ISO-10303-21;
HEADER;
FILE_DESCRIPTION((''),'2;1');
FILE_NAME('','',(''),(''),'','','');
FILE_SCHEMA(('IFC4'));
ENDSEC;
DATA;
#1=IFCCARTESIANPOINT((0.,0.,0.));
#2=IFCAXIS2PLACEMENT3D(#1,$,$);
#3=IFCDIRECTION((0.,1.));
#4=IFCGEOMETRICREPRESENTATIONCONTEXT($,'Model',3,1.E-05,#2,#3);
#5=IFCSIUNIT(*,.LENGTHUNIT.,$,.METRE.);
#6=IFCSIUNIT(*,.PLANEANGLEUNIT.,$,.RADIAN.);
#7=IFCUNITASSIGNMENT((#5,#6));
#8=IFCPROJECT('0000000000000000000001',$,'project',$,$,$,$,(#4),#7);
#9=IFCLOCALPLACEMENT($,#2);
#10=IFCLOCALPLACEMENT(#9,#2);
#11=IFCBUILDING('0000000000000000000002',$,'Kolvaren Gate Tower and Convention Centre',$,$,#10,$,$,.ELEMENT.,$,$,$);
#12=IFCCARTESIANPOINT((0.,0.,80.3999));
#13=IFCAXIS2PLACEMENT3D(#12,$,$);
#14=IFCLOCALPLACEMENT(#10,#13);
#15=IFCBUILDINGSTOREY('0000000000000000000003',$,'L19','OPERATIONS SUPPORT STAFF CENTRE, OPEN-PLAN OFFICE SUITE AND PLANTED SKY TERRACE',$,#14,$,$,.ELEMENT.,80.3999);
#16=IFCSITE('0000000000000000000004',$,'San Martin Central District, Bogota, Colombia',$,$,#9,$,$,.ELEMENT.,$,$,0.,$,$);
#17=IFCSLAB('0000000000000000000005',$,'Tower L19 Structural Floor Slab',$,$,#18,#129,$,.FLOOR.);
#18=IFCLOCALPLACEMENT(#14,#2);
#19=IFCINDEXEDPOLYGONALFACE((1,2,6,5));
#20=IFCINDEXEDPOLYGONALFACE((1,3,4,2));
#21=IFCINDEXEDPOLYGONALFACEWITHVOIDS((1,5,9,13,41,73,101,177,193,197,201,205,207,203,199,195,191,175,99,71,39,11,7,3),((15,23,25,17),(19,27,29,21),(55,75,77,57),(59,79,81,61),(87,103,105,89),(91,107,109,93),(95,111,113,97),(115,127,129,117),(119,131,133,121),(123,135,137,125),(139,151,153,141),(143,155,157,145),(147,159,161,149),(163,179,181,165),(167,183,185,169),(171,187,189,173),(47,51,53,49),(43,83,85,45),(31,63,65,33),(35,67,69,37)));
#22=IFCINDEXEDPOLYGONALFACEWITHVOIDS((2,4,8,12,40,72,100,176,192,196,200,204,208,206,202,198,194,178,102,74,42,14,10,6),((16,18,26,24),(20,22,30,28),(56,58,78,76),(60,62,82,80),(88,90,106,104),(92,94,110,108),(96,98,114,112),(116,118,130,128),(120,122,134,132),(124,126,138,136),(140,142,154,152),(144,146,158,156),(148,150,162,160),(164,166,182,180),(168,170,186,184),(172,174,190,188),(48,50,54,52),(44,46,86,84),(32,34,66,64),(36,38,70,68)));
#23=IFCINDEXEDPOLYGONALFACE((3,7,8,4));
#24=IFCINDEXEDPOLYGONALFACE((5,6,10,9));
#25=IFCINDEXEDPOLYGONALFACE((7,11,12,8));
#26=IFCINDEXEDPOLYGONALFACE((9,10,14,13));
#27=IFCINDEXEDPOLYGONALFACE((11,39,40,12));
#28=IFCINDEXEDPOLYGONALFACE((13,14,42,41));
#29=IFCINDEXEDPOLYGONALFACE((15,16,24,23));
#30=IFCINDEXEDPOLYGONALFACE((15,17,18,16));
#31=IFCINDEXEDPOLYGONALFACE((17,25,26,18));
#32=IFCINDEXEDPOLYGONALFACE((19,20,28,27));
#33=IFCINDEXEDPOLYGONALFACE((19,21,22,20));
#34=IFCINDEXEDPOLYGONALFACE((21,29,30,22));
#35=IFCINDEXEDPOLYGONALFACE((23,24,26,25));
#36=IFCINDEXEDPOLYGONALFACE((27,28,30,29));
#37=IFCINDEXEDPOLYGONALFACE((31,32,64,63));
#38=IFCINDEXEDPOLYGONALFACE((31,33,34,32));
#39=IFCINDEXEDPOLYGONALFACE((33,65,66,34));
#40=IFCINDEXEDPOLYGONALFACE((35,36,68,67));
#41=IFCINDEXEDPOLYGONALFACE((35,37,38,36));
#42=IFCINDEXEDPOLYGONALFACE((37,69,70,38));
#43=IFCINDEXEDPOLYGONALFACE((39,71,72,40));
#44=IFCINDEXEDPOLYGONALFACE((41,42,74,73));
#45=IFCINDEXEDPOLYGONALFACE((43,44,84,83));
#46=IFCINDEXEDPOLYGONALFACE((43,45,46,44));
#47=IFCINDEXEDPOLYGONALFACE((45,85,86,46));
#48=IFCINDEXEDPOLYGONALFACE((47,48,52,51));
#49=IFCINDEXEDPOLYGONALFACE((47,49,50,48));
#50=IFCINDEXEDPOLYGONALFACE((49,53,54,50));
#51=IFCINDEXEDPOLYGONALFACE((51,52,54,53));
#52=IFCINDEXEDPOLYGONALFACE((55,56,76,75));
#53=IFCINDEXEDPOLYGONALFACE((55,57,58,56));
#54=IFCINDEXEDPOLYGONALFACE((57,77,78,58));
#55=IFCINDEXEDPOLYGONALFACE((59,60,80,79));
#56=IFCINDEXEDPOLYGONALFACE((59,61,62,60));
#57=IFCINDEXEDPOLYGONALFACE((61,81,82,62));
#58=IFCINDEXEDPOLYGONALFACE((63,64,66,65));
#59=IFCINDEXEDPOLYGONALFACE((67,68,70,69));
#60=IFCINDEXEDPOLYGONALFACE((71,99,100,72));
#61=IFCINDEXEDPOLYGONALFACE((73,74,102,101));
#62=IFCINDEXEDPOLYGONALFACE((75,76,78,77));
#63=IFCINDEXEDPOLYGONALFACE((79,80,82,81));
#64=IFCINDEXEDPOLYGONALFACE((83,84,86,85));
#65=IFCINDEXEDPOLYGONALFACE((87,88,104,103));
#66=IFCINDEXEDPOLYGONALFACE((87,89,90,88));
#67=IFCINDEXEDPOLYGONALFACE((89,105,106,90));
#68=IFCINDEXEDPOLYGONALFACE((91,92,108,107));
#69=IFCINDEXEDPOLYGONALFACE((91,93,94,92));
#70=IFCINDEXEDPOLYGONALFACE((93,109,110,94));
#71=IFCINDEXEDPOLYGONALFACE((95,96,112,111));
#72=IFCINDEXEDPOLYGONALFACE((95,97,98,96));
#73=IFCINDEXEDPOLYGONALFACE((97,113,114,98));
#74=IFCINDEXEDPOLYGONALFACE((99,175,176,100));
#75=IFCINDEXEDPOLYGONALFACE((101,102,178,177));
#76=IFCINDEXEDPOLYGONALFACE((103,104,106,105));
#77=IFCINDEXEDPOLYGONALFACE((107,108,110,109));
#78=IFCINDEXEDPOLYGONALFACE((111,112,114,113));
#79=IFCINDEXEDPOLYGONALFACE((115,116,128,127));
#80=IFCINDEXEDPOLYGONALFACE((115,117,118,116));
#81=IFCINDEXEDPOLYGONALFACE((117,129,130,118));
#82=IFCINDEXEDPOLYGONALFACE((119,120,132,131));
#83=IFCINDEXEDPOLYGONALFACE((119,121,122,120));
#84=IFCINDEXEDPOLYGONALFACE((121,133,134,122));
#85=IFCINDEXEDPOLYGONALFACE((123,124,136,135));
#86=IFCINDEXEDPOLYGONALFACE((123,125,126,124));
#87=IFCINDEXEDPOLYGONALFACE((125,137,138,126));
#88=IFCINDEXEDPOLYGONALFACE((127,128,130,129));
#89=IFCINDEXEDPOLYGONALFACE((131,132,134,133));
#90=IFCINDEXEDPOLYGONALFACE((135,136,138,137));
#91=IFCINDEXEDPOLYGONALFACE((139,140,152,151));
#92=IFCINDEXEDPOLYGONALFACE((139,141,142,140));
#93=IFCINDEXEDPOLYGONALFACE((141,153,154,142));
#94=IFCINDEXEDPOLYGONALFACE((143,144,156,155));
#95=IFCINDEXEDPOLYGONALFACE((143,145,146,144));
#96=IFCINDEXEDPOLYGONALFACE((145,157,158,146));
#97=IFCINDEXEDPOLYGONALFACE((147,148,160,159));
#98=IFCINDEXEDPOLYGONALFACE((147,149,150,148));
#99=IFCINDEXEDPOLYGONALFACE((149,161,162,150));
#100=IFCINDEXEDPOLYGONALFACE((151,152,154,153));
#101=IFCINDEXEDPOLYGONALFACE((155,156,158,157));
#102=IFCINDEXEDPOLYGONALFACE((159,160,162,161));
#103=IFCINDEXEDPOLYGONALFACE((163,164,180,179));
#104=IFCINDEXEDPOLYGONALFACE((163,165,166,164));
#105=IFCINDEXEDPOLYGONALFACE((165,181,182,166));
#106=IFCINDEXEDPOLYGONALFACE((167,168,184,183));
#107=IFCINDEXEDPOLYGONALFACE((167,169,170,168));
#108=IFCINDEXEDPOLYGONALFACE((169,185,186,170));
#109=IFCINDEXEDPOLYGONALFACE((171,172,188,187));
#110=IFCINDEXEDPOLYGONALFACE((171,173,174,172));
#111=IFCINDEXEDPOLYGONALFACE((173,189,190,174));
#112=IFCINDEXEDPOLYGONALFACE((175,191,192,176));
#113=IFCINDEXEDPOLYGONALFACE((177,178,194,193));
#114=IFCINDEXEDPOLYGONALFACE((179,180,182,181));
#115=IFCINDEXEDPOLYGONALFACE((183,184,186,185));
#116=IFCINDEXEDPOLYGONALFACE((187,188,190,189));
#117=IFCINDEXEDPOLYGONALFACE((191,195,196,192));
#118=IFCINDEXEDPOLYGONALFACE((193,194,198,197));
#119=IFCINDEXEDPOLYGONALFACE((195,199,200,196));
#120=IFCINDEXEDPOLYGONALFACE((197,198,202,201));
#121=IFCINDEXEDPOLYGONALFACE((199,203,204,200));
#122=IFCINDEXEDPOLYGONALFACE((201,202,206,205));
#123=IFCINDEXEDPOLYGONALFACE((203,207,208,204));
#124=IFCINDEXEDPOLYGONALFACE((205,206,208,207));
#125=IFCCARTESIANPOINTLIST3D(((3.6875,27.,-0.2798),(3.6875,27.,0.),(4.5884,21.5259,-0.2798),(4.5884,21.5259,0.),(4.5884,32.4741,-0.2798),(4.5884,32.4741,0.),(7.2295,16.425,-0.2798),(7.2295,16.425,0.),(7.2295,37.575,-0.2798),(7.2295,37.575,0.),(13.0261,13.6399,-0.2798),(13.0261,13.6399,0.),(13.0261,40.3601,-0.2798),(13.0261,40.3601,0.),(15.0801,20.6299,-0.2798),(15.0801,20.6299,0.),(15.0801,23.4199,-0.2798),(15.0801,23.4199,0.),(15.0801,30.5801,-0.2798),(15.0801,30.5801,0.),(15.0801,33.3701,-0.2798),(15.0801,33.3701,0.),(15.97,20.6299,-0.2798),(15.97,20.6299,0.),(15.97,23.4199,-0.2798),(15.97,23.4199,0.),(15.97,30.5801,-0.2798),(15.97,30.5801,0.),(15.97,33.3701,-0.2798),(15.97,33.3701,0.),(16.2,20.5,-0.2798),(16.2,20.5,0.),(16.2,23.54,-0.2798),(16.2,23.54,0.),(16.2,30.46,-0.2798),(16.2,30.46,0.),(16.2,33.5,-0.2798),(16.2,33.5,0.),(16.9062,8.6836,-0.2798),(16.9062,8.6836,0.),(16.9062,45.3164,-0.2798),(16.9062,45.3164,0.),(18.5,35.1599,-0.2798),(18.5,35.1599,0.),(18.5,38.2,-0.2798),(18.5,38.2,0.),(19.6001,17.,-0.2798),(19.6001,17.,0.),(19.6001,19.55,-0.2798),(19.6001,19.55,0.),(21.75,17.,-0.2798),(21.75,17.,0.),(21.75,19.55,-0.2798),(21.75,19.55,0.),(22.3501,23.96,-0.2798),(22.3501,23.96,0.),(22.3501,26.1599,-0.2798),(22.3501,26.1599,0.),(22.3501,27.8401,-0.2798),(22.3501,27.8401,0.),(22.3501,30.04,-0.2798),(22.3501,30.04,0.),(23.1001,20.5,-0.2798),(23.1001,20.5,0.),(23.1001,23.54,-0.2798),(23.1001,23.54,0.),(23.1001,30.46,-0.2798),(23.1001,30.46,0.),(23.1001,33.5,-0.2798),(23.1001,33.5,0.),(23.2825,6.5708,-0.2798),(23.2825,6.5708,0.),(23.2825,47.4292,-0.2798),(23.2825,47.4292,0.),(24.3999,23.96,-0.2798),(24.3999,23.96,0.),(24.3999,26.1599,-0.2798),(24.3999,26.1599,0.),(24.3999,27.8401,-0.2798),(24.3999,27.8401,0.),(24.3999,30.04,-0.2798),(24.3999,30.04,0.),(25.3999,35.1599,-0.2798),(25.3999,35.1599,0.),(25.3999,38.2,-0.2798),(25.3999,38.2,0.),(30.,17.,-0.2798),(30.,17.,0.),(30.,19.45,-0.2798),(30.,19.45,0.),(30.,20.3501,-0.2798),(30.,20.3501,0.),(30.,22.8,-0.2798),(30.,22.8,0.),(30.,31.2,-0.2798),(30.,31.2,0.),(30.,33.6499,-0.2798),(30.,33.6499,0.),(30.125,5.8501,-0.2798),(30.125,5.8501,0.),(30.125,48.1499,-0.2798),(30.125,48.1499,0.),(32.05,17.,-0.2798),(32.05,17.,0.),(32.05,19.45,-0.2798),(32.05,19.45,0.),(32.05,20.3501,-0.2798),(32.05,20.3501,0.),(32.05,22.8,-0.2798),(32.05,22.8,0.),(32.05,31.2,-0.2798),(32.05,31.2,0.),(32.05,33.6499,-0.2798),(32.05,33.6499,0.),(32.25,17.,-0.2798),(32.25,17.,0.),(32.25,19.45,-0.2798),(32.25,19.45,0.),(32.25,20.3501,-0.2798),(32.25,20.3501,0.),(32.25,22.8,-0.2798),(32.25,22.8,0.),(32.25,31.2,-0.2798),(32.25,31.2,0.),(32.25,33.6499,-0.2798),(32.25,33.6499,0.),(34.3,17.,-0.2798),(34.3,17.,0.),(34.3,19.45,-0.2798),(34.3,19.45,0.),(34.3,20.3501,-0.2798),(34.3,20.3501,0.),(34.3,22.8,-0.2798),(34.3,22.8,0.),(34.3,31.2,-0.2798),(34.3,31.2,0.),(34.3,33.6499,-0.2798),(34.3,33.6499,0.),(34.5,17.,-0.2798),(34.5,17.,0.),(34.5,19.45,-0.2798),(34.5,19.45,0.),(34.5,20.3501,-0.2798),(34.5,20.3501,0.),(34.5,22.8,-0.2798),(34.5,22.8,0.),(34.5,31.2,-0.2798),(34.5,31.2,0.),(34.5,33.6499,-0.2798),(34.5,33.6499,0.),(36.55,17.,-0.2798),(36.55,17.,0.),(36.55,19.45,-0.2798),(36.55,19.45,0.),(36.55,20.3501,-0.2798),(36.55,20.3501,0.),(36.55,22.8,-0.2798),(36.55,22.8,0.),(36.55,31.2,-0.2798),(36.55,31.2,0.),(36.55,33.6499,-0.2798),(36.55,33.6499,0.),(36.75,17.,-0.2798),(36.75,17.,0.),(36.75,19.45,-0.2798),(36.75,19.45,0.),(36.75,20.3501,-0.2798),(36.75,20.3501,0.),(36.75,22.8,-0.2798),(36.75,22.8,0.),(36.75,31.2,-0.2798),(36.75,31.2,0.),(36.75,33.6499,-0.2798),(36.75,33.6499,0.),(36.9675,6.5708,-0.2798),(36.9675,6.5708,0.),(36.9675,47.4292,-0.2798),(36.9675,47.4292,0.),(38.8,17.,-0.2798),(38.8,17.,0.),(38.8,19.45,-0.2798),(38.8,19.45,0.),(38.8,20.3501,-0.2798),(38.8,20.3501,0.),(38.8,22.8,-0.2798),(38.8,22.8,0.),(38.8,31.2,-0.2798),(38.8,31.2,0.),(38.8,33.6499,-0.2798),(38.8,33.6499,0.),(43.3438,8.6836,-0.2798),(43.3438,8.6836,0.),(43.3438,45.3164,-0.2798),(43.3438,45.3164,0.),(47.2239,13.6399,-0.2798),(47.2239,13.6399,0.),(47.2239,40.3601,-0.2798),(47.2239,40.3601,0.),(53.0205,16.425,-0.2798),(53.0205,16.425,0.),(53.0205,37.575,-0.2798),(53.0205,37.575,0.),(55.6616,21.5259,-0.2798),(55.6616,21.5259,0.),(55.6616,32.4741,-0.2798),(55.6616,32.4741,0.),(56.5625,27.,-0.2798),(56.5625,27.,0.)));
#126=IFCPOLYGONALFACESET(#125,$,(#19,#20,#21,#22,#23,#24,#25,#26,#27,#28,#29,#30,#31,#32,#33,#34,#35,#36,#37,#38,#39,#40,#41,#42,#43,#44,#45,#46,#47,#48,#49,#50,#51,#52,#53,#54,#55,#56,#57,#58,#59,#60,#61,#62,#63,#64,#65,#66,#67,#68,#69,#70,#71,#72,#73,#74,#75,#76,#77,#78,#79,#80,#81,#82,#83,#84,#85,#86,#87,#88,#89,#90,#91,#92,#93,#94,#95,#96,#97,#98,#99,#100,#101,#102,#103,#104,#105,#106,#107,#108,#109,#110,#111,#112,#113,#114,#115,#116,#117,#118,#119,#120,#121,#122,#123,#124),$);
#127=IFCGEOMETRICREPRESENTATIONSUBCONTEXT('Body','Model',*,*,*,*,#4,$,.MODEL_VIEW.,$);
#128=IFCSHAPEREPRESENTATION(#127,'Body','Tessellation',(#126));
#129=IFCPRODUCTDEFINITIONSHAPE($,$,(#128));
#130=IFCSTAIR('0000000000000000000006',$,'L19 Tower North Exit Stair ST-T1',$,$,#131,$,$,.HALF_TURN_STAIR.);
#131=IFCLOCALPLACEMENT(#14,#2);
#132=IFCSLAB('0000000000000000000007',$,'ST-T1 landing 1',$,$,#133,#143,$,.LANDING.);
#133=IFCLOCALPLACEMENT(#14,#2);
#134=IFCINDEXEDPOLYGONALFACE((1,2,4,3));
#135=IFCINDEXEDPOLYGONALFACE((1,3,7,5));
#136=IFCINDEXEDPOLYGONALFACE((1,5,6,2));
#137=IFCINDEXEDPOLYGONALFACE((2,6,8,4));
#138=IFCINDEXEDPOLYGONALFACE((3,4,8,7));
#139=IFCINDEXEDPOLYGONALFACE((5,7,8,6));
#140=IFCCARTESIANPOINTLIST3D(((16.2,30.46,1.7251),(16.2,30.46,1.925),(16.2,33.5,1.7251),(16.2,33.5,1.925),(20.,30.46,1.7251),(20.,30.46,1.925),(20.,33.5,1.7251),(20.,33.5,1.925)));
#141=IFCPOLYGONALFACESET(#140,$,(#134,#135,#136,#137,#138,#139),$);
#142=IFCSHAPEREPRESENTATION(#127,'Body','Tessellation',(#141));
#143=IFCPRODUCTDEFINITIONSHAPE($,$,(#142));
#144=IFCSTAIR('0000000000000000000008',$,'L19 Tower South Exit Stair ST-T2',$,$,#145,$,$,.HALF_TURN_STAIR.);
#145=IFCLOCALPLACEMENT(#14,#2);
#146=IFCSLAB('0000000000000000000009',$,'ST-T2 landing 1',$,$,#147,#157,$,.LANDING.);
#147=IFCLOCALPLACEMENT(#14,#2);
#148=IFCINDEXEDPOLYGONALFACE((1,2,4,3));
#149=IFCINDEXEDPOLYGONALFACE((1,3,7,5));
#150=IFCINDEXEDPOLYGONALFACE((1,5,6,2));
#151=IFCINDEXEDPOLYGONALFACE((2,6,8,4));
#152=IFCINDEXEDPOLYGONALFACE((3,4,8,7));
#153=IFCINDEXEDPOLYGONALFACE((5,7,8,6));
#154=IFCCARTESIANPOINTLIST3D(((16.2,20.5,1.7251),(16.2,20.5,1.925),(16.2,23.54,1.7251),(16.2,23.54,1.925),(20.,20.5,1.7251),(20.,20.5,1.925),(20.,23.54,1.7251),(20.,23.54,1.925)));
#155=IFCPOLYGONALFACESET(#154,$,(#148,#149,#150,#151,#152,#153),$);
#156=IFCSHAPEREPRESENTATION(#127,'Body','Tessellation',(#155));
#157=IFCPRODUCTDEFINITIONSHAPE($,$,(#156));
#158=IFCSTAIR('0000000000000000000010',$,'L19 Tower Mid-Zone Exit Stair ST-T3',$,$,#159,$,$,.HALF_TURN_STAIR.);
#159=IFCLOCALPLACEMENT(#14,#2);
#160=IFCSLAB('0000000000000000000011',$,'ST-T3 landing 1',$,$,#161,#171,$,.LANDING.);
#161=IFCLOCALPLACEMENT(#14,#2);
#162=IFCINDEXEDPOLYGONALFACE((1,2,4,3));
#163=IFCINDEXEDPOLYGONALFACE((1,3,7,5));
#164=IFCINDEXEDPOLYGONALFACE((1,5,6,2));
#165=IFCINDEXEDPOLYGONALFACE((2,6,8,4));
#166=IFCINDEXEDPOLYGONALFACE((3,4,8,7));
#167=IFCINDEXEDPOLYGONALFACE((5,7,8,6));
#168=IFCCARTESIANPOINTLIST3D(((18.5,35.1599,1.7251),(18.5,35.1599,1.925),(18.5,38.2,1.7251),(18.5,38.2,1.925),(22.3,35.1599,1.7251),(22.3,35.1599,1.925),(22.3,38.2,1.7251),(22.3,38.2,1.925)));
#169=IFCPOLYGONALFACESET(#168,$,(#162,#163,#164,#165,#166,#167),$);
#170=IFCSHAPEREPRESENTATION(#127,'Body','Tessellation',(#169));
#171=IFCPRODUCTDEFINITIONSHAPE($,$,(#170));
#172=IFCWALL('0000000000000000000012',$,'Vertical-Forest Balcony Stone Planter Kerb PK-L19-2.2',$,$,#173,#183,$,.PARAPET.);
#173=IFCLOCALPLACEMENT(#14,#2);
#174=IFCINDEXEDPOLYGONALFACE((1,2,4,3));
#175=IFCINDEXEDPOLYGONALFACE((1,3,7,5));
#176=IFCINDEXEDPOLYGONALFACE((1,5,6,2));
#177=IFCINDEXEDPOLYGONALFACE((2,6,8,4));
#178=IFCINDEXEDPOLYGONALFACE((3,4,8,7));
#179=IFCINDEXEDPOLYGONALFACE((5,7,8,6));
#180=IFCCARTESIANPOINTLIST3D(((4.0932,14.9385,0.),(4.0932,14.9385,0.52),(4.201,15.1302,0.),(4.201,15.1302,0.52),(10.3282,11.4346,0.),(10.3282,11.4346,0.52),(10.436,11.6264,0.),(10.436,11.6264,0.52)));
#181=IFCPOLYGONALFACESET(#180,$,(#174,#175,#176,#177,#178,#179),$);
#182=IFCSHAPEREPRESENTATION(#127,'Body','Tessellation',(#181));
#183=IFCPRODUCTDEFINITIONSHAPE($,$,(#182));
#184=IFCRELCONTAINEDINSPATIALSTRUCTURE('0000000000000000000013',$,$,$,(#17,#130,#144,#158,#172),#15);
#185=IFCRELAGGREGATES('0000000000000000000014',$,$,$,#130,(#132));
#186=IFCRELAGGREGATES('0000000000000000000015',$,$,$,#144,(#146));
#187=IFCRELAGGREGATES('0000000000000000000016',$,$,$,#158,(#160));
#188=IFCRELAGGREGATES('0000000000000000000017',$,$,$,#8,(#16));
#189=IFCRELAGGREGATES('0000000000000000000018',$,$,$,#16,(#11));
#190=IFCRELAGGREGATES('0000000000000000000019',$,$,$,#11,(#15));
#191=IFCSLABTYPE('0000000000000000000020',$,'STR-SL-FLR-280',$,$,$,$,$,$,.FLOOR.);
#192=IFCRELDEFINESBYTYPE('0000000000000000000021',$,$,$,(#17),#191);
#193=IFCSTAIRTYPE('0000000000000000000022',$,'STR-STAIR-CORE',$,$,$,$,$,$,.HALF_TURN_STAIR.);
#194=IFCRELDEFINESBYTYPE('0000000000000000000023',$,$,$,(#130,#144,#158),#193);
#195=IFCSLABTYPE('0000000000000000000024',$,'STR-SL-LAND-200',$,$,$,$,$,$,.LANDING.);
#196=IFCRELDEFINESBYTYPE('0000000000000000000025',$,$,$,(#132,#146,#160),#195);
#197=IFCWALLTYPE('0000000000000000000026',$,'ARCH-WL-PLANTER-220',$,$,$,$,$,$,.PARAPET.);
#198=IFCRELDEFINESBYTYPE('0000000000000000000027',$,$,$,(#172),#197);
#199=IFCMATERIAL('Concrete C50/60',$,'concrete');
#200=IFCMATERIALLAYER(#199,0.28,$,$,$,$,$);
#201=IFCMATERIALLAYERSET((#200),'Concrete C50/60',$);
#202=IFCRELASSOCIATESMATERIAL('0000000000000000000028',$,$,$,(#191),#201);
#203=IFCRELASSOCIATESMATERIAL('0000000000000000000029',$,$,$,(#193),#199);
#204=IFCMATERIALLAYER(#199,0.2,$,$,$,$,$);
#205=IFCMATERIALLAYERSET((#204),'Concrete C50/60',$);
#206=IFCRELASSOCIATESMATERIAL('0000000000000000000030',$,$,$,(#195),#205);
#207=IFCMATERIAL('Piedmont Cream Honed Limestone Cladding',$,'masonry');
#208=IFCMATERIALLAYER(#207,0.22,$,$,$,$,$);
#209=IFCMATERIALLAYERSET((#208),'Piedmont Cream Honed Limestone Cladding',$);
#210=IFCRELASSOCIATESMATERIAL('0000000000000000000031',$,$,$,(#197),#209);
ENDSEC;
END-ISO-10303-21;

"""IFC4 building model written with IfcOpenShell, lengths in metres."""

from ifc_helpers import new_model, si_unit, direction, frame, frame_2d, origin, place, context, subcontext, project, spatial, polyline, rectangle, outline, extrude, material, layer, layer_set, type_object, element, aggregate, save


model = new_model("IFC4")

# Units and contexts
model_context = context("Model", 3, precision=1e-05, world=origin(), true_north=direction((0.0, 1.0)))
body_context = subcontext(model_context, "Body", "Model", "MODEL_VIEW")
ifc_project = project(units=[si_unit("LENGTHUNIT", "METRE"), si_unit("PLANEANGLEUNIT", "RADIAN")], contexts=[model_context])

# Site, building, storey
site_placement = place(None, origin())
site = spatial("IfcSite", under=ifc_project, at=site_placement, Name="San Martin Central District, Bogota, Colombia", CompositionType="ELEMENT", RefElevation=0.0)
building_placement = place(site_placement, origin())
building = spatial("IfcBuilding", under=site, at=building_placement, Name="Kolvaren Gate Tower and Convention Centre", CompositionType="ELEMENT")
storey_placement = place(building_placement, frame((0.0, 0.0, 80.3999)))
storey = spatial("IfcBuildingStorey", under=building, at=storey_placement, Name="L19", Description="OPERATIONS SUPPORT STAFF CENTRE, OPEN-PLAN OFFICE SUITE AND PLANTED SKY TERRACE", CompositionType="ELEMENT", Elevation=80.3999)

# Slab
ifc_material_1 = material(Name="Concrete C50/60", Category="concrete")
ifc_layer_1 = layer(ifc_material_1, 0.28)
ifc_layer_set_1 = layer_set([ifc_layer_1], Name="Concrete C50/60")
slab_type_1 = type_object("IfcSlabType", Name="STR-SL-FLR-280", PredefinedType="FLOOR", material=ifc_layer_set_1)
slab_1_placement = place(storey_placement, frame((0.0, 0.0, -0.2798)))
element("IfcSlab", 1, at=slab_1_placement, inside=storey, type_object=slab_type_1, Name="Tower L19 Structural Floor Slab", PredefinedType="FLOOR", context=body_context, shape_type="SweptSolid", body=[
    extrude(outline(polyline([(56.5625, 27.0), (55.6616, 32.4741), (53.0205, 37.575), (47.2239, 40.3601), (43.3438, 45.3164), (36.9675, 47.4292), (30.125, 48.1499), (23.2825, 47.4292), (16.9062, 45.3164), (13.0261, 40.3601), (7.2295, 37.575), (4.5884, 32.4741), (3.6875, 27.0), (4.5884, 21.5259), (7.2295, 16.425), (13.0261, 13.6399), (16.9062, 8.6836), (23.2825, 6.5708), (30.125, 5.8501), (36.9675, 6.5708), (43.3438, 8.6836), (47.2239, 13.6399), (53.0205, 16.425), (55.6616, 21.5259), (56.5625, 27.0)]), holes=[polyline([(36.75, 33.6499), (38.8, 33.6499), (38.8, 31.2), (36.75, 31.2), (36.75, 33.6499)]), polyline([(36.75, 20.3501), (36.75, 22.8), (38.8, 22.8), (38.8, 20.3501), (36.75, 20.3501)]), polyline([(36.75, 17.0), (36.75, 19.45), (38.8, 19.45), (38.8, 17.0), (36.75, 17.0)]), polyline([(34.5, 33.6499), (36.55, 33.6499), (36.55, 31.2), (34.5, 31.2), (34.5, 33.6499)]), polyline([(34.5, 22.8), (36.55, 22.8), (36.55, 20.3501), (34.5, 20.3501), (34.5, 22.8)]), polyline([(34.5, 17.0), (34.5, 19.45), (36.55, 19.45), (36.55, 17.0), (34.5, 17.0)]), polyline([(32.25, 31.2), (32.25, 33.6499), (34.3, 33.6499), (34.3, 31.2), (32.25, 31.2)]), polyline([(32.25, 22.8), (34.3, 22.8), (34.3, 20.3501), (32.25, 20.3501), (32.25, 22.8)]), polyline([(32.25, 17.0), (32.25, 19.45), (34.3, 19.45), (34.3, 17.0), (32.25, 17.0)]), polyline([(30.0, 31.2), (30.0, 33.6499), (32.05, 33.6499), (32.05, 31.2), (30.0, 31.2)]), polyline([(30.0, 20.3501), (30.0, 22.8), (32.05, 22.8), (32.05, 20.3501), (30.0, 20.3501)]), polyline([(30.0, 17.0), (30.0, 19.45), (32.05, 19.45), (32.05, 17.0), (30.0, 17.0)]), polyline([(25.3999, 35.1599), (18.5, 35.1599), (18.5, 38.2), (25.3999, 38.2), (25.3999, 35.1599)]), polyline([(22.3501, 27.8401), (22.3501, 30.04), (24.3999, 30.04), (24.3999, 27.8401), (22.3501, 27.8401)]), polyline([(22.3501, 23.96), (22.3501, 26.1599), (24.3999, 26.1599), (24.3999, 23.96), (22.3501, 23.96)]), polyline([(23.1001, 30.46), (16.2, 30.46), (16.2, 33.5), (23.1001, 33.5), (23.1001, 30.46)]), polyline([(23.1001, 20.5), (16.2, 20.5), (16.2, 23.54), (23.1001, 23.54), (23.1001, 20.5)]), polyline([(19.6001, 17.0), (19.6001, 19.55), (21.75, 19.55), (21.75, 17.0), (19.6001, 17.0)]), polyline([(15.0801, 23.4199), (15.97, 23.4199), (15.97, 20.6299), (15.0801, 20.6299), (15.0801, 23.4199)]), polyline([(15.0801, 30.5801), (15.0801, 33.3701), (15.97, 33.3701), (15.97, 30.5801), (15.0801, 30.5801)])]), origin(), (0.0, 0.0, 1.0), 0.2798),
])

# Stairs, slabs
stair_type = type_object("IfcStairType", Name="STR-STAIR-CORE", PredefinedType="HALF_TURN_STAIR", material=ifc_material_1)
stair_1_placement = place(storey_placement, origin())
stair_1 = element("IfcStair", 2, at=stair_1_placement, inside=storey, type_object=stair_type, Name="L19 Tower North Exit Stair ST-T1", PredefinedType="HALF_TURN_STAIR")
ifc_layer_2 = layer(ifc_material_1, 0.2)
ifc_layer_set_2 = layer_set([ifc_layer_2], Name="Concrete C50/60")
slab_type_2 = type_object("IfcSlabType", Name="STR-SL-LAND-200", PredefinedType="LANDING", material=ifc_layer_set_2)
slab_2_placement = place(storey_placement, frame((0.0, 0.0, 1.7251)))
slab_2 = element("IfcSlab", 3, at=slab_2_placement, type_object=slab_type_2, Name="ST-T1 landing 1", PredefinedType="LANDING", context=body_context, shape_type="SweptSolid", body=[
    extrude(outline(polyline([(20.0, 33.5), (16.2, 33.5), (16.2, 30.46), (20.0, 30.46), (20.0, 33.5)])), origin(), (0.0, 0.0, 1.0), 0.2),
])
aggregate(stair_1, [slab_2])
stair_2_placement = place(storey_placement, origin())
stair_2 = element("IfcStair", 4, at=stair_2_placement, inside=storey, type_object=stair_type, Name="L19 Tower South Exit Stair ST-T2", PredefinedType="HALF_TURN_STAIR")
slab_3_placement = place(storey_placement, frame((0.0, 0.0, 1.7251)))
slab_3 = element("IfcSlab", 5, at=slab_3_placement, type_object=slab_type_2, Name="ST-T2 landing 1", PredefinedType="LANDING", context=body_context, shape_type="SweptSolid", body=[
    extrude(outline(polyline([(20.0, 23.54), (16.2, 23.54), (16.2, 20.5), (20.0, 20.5), (20.0, 23.54)])), origin(), (0.0, 0.0, 1.0), 0.2),
])
aggregate(stair_2, [slab_3])
stair_3_placement = place(storey_placement, origin())
stair_3 = element("IfcStair", 6, at=stair_3_placement, inside=storey, type_object=stair_type, Name="L19 Tower Mid-Zone Exit Stair ST-T3", PredefinedType="HALF_TURN_STAIR")
slab_4_placement = place(storey_placement, frame((0.0, 0.0, 1.7251)))
slab_4 = element("IfcSlab", 7, at=slab_4_placement, type_object=slab_type_2, Name="ST-T3 landing 1", PredefinedType="LANDING", context=body_context, shape_type="SweptSolid", body=[
    extrude(outline(polyline([(22.3, 38.2), (18.5, 38.2), (18.5, 35.1599), (22.3, 35.1599), (22.3, 38.2)])), origin(), (0.0, 0.0, 1.0), 0.2),
])
aggregate(stair_3, [slab_4])

# Wall
ifc_material_2 = material(Name="Piedmont Cream Honed Limestone Cladding", Category="masonry")
ifc_layer_3 = layer(ifc_material_2, 0.22)
ifc_layer_set_3 = layer_set([ifc_layer_3], Name="Piedmont Cream Honed Limestone Cladding")
wall_type_1 = type_object("IfcWallType", Name="ARCH-WL-PLANTER-220", PredefinedType="PARAPET", material=ifc_layer_set_3)
wall_1_placement = place(storey_placement, frame((4.147, 15.0344, 0.0), z_axis=(0.0, 0.0, 1.0), x_axis=(0.871775, -0.489906, 0.0)))
element("IfcWall", 8, at=wall_1_placement, inside=storey, type_object=wall_type_1, Name="Vertical-Forest Balcony Stone Planter Kerb PK-L19-2.2", PredefinedType="PARAPET", context=body_context, shape_type="SweptSolid", body=[
    extrude(rectangle(XDim=7.1521, YDim=0.22, at=frame_2d((3.5762, 0.0))), origin(), (0.0, 0.0, 1.0), 0.52),
])

save(model, "model.ifc")
